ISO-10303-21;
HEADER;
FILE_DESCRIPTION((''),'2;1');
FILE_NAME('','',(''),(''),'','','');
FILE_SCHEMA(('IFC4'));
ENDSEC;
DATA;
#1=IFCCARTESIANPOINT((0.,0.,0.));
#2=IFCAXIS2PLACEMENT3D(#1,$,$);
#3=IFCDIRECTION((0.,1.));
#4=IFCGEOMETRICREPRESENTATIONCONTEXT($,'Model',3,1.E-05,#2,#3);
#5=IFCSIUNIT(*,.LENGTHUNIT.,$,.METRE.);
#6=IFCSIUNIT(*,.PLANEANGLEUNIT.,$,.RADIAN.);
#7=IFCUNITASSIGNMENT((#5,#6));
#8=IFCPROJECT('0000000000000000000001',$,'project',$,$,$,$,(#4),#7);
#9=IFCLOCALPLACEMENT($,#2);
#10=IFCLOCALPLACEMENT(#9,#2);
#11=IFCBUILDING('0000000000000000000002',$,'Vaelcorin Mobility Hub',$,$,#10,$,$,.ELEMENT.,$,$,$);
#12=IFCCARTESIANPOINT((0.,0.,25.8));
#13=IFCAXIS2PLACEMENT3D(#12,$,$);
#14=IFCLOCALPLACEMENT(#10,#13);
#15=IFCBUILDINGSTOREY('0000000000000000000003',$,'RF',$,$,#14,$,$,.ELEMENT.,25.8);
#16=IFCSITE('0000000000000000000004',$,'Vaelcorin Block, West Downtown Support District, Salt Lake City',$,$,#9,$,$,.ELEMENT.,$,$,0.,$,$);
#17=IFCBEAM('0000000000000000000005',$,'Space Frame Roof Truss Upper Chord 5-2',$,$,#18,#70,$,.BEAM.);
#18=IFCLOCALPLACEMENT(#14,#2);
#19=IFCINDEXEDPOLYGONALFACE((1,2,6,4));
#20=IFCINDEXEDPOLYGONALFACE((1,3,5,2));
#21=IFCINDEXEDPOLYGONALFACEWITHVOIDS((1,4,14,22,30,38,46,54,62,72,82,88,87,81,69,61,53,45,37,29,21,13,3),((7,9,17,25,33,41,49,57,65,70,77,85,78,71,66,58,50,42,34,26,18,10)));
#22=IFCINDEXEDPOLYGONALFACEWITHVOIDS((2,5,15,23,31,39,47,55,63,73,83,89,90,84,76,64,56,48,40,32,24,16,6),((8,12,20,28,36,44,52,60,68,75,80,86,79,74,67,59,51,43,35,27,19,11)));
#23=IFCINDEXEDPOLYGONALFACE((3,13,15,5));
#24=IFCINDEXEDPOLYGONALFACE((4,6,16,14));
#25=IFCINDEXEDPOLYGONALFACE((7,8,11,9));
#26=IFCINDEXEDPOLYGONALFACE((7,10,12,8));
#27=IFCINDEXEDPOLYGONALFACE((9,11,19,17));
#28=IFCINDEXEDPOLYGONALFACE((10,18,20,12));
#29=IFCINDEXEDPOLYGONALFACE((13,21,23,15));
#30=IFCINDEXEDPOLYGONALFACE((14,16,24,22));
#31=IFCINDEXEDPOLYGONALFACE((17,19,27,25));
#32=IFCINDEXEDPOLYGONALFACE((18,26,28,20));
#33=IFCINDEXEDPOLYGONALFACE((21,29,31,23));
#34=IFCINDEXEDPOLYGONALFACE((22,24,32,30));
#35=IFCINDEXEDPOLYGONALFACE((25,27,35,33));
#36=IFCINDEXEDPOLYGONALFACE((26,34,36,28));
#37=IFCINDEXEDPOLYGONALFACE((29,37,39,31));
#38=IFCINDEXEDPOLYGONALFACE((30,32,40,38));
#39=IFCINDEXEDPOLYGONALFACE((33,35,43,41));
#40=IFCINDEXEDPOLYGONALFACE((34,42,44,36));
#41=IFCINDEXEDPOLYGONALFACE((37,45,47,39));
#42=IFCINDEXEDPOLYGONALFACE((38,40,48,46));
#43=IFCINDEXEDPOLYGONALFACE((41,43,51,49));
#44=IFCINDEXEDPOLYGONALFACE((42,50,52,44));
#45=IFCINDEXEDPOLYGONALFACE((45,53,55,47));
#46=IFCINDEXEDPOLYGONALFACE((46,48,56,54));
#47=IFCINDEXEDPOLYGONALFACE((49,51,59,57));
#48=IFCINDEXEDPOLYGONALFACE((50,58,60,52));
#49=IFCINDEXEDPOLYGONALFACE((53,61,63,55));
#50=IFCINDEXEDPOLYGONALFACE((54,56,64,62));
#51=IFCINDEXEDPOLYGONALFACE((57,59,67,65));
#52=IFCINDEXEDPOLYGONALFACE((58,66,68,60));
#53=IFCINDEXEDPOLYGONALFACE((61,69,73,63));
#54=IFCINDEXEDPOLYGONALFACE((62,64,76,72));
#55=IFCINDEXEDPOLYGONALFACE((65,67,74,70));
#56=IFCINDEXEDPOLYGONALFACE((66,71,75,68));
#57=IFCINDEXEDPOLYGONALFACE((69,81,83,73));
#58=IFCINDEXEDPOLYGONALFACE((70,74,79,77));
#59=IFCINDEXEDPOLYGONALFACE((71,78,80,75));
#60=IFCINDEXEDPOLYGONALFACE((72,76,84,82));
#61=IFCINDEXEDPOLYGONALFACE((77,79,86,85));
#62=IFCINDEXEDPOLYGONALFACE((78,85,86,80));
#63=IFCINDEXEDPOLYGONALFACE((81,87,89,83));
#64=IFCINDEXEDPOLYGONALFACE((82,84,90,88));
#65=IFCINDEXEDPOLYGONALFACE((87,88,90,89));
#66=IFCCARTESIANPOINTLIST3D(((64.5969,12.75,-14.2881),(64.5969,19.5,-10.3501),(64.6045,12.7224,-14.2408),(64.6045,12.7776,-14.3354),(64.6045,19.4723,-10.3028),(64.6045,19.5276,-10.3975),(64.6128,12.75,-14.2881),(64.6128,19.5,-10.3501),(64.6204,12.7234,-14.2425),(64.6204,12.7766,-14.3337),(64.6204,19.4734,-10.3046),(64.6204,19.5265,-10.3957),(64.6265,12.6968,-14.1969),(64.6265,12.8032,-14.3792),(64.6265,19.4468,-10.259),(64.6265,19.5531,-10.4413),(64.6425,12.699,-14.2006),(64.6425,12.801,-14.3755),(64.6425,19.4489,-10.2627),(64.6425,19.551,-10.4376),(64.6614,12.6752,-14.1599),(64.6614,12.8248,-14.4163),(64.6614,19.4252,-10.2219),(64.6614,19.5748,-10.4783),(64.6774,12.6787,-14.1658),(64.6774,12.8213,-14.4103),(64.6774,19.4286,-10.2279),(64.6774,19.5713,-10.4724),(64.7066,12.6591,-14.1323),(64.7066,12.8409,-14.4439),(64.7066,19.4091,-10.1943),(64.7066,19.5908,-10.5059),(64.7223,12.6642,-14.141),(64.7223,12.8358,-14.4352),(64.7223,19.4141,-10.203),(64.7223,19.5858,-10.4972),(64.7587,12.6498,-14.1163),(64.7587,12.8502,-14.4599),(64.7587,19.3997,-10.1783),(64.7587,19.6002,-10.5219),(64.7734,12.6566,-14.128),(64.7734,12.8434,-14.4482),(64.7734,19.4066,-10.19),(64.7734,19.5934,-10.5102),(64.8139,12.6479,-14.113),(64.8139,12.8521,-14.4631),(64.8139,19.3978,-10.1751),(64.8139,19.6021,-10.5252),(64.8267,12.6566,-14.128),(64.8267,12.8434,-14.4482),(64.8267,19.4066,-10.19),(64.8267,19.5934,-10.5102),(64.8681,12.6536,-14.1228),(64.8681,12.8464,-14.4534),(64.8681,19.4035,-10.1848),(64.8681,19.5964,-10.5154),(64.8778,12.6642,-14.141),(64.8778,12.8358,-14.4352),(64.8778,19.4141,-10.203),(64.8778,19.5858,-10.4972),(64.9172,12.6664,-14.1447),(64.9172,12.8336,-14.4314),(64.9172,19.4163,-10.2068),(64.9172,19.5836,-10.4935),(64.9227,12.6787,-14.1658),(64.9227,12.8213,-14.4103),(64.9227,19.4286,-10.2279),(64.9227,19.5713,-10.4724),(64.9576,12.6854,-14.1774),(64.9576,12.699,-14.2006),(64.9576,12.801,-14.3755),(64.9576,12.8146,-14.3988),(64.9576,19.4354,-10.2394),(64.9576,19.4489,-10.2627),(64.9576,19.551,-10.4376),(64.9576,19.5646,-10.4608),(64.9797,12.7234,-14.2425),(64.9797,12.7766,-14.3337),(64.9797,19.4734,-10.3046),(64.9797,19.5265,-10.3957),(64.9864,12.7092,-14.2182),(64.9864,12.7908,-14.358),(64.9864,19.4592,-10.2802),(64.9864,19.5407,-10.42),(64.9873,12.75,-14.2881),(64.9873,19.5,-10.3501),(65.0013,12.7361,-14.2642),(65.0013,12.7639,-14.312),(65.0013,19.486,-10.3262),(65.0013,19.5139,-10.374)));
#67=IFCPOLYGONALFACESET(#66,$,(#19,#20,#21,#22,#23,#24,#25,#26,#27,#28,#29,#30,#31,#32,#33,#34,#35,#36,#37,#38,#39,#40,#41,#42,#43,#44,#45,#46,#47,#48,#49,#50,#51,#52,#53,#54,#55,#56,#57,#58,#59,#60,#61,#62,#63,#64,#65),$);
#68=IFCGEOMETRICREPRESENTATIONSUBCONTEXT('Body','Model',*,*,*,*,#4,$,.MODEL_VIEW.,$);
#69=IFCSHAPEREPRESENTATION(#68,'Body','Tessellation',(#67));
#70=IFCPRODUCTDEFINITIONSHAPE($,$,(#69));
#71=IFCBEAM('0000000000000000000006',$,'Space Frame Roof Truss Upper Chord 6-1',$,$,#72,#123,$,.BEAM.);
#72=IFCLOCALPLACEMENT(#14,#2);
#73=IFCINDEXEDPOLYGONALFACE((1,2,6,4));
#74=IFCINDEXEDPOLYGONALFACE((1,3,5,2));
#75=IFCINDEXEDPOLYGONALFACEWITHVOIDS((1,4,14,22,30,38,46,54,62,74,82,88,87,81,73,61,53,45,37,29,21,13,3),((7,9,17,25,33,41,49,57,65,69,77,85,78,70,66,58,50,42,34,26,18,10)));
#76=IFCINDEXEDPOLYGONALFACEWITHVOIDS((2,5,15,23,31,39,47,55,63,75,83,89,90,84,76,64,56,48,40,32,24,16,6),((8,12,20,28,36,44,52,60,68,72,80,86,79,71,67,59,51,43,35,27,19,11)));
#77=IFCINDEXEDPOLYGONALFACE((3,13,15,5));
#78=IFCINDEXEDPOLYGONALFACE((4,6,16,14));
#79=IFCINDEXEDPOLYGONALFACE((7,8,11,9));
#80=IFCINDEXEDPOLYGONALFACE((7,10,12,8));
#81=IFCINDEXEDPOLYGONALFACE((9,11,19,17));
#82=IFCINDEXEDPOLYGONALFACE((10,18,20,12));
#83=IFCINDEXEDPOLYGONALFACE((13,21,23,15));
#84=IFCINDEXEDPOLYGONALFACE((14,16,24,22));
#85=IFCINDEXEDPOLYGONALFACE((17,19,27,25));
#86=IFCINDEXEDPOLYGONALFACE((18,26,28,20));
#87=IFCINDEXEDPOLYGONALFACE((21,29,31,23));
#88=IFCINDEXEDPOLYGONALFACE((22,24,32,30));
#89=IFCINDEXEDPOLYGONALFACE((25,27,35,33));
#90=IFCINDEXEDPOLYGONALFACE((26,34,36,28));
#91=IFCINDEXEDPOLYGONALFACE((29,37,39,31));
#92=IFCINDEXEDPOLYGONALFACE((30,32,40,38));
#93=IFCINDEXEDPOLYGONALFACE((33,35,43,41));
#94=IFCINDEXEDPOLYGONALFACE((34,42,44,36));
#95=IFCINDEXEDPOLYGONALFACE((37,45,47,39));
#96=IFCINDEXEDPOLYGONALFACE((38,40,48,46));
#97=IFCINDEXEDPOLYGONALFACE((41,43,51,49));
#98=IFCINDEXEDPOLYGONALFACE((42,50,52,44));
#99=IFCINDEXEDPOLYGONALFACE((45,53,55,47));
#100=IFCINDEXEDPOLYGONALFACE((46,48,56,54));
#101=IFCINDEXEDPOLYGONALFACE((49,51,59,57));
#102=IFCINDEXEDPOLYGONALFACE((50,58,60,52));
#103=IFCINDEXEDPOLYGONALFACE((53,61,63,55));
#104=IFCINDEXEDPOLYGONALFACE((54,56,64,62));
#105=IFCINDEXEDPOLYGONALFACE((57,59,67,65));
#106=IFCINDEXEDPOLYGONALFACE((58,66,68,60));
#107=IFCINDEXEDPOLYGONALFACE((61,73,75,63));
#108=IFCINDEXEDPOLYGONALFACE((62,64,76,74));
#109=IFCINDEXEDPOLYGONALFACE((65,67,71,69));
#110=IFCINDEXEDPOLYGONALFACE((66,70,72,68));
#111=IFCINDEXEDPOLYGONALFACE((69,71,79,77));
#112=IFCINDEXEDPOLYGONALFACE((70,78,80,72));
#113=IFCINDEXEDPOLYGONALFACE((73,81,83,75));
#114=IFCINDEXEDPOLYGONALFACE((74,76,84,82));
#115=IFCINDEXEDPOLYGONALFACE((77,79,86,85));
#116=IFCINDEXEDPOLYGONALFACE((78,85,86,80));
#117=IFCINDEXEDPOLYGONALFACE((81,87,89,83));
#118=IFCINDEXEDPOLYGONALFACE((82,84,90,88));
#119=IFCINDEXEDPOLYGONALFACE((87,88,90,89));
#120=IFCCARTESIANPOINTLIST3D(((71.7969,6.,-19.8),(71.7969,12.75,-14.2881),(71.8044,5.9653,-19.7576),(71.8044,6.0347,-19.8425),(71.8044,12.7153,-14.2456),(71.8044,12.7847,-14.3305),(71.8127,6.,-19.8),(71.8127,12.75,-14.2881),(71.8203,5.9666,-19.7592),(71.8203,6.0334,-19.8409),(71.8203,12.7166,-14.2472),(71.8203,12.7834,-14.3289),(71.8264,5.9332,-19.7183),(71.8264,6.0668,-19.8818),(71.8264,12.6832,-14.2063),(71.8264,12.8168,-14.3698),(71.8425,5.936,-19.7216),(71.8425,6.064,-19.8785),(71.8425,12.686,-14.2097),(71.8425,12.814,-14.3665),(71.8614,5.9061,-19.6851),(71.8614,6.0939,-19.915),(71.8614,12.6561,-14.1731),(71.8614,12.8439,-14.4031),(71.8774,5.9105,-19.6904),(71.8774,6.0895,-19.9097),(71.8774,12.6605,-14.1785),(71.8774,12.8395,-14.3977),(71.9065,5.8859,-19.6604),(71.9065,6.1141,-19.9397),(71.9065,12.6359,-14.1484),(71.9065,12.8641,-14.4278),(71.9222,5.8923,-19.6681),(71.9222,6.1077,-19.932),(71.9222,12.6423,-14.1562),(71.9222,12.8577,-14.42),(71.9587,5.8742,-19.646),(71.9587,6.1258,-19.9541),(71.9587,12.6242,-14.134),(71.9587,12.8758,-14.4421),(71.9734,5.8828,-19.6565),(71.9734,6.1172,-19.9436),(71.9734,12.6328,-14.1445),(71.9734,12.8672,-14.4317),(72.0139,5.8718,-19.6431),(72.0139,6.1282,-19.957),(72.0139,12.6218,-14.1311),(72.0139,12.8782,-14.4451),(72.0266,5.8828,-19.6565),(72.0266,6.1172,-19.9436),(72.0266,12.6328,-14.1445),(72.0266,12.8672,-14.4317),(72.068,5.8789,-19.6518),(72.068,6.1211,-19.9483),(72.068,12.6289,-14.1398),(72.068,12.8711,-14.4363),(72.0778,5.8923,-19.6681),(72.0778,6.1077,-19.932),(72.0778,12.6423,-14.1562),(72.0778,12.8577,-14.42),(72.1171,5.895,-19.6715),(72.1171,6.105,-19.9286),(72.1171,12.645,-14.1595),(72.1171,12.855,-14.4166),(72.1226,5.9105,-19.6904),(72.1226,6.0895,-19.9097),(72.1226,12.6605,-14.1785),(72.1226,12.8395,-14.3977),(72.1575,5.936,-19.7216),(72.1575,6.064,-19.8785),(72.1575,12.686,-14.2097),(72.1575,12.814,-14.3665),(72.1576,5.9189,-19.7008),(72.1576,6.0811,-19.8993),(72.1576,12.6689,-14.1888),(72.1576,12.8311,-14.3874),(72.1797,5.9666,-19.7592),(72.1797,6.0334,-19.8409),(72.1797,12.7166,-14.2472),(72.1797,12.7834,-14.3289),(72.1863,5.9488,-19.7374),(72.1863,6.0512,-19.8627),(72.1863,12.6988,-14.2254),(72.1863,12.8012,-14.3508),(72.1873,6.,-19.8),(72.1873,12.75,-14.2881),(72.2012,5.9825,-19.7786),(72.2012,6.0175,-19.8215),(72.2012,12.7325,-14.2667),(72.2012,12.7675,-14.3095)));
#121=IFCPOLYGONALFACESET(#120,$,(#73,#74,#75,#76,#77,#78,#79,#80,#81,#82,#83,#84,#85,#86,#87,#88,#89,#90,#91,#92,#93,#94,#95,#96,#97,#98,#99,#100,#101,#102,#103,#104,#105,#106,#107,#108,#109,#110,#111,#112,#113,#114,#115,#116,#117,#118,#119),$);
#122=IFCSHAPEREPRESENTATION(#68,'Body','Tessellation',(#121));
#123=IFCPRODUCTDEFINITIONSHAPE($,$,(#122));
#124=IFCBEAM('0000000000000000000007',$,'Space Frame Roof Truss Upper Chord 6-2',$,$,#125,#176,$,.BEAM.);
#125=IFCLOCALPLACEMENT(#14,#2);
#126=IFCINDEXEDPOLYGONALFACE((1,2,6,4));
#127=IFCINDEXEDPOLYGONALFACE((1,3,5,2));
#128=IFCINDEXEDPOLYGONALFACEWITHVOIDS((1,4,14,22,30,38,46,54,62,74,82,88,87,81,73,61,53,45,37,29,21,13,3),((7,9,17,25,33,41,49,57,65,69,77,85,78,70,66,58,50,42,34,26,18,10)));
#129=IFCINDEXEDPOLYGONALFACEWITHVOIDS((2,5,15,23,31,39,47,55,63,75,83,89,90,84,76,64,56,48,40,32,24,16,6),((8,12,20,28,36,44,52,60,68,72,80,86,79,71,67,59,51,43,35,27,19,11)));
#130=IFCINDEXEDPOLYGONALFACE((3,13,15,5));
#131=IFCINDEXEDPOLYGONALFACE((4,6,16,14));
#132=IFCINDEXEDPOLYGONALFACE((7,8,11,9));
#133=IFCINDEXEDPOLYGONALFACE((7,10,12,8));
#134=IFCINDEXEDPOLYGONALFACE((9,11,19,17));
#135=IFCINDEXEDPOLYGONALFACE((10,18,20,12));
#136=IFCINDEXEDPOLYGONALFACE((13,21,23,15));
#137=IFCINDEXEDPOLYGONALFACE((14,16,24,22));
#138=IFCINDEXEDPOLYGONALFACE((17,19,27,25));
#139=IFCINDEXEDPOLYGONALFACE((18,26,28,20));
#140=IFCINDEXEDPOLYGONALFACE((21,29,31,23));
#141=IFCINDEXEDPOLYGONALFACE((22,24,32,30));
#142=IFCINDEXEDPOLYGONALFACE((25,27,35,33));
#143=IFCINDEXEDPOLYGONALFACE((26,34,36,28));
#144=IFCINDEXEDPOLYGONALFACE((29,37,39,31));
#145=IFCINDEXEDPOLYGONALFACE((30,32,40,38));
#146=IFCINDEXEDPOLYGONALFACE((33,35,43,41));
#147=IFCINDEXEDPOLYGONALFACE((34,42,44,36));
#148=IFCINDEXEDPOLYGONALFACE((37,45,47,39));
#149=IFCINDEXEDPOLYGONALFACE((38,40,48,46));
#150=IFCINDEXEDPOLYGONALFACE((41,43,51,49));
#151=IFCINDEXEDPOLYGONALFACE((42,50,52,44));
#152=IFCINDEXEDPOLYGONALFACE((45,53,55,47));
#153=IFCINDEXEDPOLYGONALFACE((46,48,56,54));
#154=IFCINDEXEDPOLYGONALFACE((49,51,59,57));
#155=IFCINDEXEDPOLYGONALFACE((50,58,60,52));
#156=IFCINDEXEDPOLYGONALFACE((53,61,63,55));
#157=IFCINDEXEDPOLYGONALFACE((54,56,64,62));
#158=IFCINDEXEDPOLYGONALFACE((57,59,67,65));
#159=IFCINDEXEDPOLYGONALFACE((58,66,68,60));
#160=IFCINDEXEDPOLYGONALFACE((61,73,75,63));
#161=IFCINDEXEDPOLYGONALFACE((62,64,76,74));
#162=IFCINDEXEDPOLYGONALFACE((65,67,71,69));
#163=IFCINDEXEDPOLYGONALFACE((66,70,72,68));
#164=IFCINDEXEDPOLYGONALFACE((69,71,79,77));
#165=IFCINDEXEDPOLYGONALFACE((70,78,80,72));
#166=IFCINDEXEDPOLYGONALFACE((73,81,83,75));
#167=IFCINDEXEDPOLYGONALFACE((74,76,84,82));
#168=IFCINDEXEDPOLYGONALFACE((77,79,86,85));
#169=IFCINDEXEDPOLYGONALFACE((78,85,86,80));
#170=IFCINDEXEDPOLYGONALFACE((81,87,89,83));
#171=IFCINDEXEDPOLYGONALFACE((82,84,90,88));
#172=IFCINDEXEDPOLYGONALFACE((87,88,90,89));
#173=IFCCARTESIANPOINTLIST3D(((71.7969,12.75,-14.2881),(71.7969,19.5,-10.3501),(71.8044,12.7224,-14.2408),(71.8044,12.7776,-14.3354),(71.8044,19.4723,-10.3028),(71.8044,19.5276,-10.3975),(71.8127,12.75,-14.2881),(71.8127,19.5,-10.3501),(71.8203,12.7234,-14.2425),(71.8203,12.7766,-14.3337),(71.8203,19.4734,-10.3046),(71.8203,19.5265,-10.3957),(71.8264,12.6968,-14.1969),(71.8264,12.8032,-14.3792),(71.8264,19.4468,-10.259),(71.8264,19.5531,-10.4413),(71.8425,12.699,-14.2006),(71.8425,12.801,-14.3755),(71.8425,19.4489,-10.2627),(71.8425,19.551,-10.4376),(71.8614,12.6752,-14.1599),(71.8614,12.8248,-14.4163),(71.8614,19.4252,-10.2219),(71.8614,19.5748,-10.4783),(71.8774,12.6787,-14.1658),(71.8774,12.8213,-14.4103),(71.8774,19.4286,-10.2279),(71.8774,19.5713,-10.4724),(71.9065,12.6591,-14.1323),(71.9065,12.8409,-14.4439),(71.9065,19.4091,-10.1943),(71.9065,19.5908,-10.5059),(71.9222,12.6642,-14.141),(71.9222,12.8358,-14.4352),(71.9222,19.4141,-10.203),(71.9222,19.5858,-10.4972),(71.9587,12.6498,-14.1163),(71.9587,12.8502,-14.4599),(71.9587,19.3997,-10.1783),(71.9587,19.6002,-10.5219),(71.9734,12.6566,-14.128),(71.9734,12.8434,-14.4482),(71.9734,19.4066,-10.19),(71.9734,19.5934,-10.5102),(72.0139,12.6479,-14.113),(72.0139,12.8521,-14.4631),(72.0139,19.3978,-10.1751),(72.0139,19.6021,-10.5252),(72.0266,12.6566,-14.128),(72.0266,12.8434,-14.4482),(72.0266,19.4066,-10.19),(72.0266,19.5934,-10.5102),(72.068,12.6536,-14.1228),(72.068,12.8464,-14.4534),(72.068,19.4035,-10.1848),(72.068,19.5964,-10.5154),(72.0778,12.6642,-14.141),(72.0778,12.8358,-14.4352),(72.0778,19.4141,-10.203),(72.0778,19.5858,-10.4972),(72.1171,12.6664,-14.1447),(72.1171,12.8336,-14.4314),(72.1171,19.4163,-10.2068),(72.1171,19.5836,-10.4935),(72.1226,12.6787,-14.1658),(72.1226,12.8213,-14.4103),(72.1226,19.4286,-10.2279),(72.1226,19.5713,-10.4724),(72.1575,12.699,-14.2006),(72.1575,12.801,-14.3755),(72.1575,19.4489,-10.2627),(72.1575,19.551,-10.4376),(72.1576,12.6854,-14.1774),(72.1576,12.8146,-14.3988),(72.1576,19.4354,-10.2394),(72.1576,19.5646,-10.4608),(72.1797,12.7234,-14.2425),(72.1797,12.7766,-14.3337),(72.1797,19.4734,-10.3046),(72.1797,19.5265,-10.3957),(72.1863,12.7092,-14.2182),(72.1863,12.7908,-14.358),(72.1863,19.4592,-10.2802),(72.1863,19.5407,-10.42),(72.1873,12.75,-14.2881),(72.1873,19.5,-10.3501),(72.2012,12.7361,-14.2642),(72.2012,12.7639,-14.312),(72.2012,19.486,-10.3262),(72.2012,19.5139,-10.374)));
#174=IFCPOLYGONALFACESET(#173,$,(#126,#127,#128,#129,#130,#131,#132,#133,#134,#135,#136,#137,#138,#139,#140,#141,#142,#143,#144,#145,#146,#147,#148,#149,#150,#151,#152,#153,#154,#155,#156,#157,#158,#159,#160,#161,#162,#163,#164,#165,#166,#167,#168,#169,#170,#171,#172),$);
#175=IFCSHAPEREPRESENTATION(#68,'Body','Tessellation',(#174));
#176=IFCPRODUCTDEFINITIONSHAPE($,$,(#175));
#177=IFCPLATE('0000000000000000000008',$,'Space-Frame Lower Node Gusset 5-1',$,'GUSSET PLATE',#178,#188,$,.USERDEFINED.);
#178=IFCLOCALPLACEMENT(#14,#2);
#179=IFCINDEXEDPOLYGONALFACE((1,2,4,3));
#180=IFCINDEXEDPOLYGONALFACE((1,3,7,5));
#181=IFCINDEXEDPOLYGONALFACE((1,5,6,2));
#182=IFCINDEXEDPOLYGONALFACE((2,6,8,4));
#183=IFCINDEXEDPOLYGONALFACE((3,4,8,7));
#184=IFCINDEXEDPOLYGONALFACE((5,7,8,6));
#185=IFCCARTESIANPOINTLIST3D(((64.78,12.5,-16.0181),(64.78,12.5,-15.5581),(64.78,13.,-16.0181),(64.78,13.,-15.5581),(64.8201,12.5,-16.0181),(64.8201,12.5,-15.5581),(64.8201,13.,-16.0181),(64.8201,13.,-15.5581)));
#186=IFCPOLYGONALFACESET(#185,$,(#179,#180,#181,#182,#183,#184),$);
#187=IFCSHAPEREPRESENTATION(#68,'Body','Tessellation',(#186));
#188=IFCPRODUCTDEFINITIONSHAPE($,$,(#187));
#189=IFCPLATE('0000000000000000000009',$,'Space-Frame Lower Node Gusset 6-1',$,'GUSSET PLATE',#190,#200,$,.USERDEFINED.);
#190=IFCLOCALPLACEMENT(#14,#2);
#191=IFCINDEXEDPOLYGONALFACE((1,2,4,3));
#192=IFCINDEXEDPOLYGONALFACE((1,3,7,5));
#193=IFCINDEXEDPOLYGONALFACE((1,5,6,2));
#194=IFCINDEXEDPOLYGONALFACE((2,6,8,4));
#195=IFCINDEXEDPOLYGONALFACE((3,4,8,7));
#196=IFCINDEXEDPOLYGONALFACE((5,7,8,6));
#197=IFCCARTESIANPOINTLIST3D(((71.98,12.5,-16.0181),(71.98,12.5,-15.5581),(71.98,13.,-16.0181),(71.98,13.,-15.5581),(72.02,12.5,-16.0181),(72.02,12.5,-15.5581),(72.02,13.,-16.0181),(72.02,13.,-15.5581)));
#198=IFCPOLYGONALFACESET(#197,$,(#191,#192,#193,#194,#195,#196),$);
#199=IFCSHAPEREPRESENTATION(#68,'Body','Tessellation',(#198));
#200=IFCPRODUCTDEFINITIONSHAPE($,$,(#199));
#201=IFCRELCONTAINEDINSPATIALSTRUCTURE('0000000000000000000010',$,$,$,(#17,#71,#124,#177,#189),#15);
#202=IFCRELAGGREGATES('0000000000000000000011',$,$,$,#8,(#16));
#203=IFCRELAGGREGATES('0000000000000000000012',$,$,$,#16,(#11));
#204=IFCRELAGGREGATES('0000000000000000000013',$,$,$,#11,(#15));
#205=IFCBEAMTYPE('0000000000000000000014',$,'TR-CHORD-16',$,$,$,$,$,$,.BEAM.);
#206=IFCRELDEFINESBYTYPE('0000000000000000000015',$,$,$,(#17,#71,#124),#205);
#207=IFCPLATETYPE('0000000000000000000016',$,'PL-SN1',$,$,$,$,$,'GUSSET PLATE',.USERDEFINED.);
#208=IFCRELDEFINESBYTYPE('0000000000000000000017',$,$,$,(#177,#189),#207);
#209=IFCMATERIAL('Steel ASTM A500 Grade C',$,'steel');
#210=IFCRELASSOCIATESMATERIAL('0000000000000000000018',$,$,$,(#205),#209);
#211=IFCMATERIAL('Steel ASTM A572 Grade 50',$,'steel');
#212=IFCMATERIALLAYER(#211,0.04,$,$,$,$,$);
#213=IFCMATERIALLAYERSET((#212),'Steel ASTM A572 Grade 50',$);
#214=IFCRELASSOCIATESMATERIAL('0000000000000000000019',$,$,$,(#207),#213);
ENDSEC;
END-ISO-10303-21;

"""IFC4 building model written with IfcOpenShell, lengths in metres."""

from ifc_helpers import new_model, si_unit, direction, frame, origin, origin_2d, place, context, subcontext, project, spatial, rectangle, hollow_circle, extrude, material, layer, layer_set, material_profile, profile_set, type_object, element, save


model = new_model("IFC4")

# Units and contexts
model_context = context("Model", 3, precision=1e-05, world=origin(), true_north=direction((0.0, 1.0)))
body_context = subcontext(model_context, "Body", "Model", "MODEL_VIEW")
ifc_project = project(units=[si_unit("LENGTHUNIT", "METRE"), si_unit("PLANEANGLEUNIT", "RADIAN")], contexts=[model_context])

# Site, building, storey
site_placement = place(None, origin())
site = spatial("IfcSite", under=ifc_project, at=site_placement, Name="Vaelcorin Block, West Downtown Support District, Salt Lake City", CompositionType="ELEMENT", RefElevation=0.0)
building_placement = place(site_placement, origin())
building = spatial("IfcBuilding", under=site, at=building_placement, Name="Vaelcorin Mobility Hub", CompositionType="ELEMENT")
storey_placement = place(building_placement, frame((0.0, 0.0, 25.8)))
storey = spatial("IfcBuildingStorey", under=building, at=storey_placement, Name="RF", CompositionType="ELEMENT", Elevation=25.8)

# Shared definitions
ifc_material_1 = material(Name="Steel ASTM A500 Grade C", Category="steel")

# Beams
ifc_material_profile_1 = material_profile(ifc_material_1, hollow_circle(Radius=0.2031, WallThickness=0.0159, at=origin_2d()), Name="HSS16.000X0.625")
ifc_profile_set_1 = profile_set([ifc_material_profile_1], Name="Steel ASTM A500 Grade C")
beam_type = type_object("IfcBeamType", Name="TR-CHORD-16", PredefinedType="BEAM", material=ifc_profile_set_1)
beam_1_placement = place(storey_placement, frame((64.8, 12.75, -14.2881), z_axis=(0.0, 0.863752, 0.503918), x_axis=(-1.0, 0.0, 0.0)))
element("IfcBeam", 1, at=beam_1_placement, inside=storey, type_object=beam_type, Name="Space Frame Roof Truss Upper Chord 5-2", PredefinedType="BEAM", context=body_context, shape_type="SweptSolid", body=[
    extrude(hollow_circle(Radius=0.2031, WallThickness=0.0159, at=origin_2d()), origin(), (0.0, 0.0, 1.0), 7.8147),
])
beam_2_placement = place(storey_placement, frame((72.0, 6.0, -19.8), z_axis=(0.0, 0.774562, 0.632498), x_axis=(-1.0, 0.0, 0.0)))
element("IfcBeam", 2, at=beam_2_placement, inside=storey, type_object=beam_type, Name="Space Frame Roof Truss Upper Chord 6-1", PredefinedType="BEAM", context=body_context, shape_type="SweptSolid", body=[
    extrude(hollow_circle(Radius=0.2031, WallThickness=0.0159, at=origin_2d()), origin(), (0.0, 0.0, 1.0), 8.7146),
])
beam_3_placement = place(storey_placement, frame((72.0, 12.75, -14.2881), z_axis=(0.0, 0.863752, 0.503918), x_axis=(-1.0, 0.0, 0.0)))
element("IfcBeam", 3, at=beam_3_placement, inside=storey, type_object=beam_type, Name="Space Frame Roof Truss Upper Chord 6-2", PredefinedType="BEAM", context=body_context, shape_type="SweptSolid", body=[
    extrude(hollow_circle(Radius=0.2031, WallThickness=0.0159, at=origin_2d()), origin(), (0.0, 0.0, 1.0), 7.8147),
])

# Plates
ifc_material_2 = material(Name="Steel ASTM A572 Grade 50", Category="steel")
ifc_layer_1 = layer(ifc_material_2, 0.04)
ifc_layer_set_1 = layer_set([ifc_layer_1], Name="Steel ASTM A572 Grade 50")
plate_type_1 = type_object("IfcPlateType", Name="PL-SN1", ElementType="GUSSET PLATE", PredefinedType="USERDEFINED", material=ifc_layer_set_1)
for number, where, z_axis, x_axis, name in (
    (4, (64.8, 12.75, -16.0181), (0.0, 0.0, 1.0), (1.0, 0.0, 0.0), "Space-Frame Lower Node Gusset 5-1"),
    (5, (72.0, 12.75, -16.0181), (0.0, 0.0, 1.0), (1.0, 0.0, 0.0), "Space-Frame Lower Node Gusset 6-1"),
):
    element("IfcPlate", number, at=place(storey_placement, frame(where, z_axis=z_axis, x_axis=x_axis)), inside=storey, type_object=plate_type_1, Name=name, ObjectType="GUSSET PLATE", PredefinedType="USERDEFINED", context=body_context, shape_type="SweptSolid", body=[
        extrude(rectangle(XDim=0.04, YDim=0.5, at=origin_2d()), origin(), (0.0, 0.0, 1.0), 0.46),
    ])

save(model, "model.ifc")
